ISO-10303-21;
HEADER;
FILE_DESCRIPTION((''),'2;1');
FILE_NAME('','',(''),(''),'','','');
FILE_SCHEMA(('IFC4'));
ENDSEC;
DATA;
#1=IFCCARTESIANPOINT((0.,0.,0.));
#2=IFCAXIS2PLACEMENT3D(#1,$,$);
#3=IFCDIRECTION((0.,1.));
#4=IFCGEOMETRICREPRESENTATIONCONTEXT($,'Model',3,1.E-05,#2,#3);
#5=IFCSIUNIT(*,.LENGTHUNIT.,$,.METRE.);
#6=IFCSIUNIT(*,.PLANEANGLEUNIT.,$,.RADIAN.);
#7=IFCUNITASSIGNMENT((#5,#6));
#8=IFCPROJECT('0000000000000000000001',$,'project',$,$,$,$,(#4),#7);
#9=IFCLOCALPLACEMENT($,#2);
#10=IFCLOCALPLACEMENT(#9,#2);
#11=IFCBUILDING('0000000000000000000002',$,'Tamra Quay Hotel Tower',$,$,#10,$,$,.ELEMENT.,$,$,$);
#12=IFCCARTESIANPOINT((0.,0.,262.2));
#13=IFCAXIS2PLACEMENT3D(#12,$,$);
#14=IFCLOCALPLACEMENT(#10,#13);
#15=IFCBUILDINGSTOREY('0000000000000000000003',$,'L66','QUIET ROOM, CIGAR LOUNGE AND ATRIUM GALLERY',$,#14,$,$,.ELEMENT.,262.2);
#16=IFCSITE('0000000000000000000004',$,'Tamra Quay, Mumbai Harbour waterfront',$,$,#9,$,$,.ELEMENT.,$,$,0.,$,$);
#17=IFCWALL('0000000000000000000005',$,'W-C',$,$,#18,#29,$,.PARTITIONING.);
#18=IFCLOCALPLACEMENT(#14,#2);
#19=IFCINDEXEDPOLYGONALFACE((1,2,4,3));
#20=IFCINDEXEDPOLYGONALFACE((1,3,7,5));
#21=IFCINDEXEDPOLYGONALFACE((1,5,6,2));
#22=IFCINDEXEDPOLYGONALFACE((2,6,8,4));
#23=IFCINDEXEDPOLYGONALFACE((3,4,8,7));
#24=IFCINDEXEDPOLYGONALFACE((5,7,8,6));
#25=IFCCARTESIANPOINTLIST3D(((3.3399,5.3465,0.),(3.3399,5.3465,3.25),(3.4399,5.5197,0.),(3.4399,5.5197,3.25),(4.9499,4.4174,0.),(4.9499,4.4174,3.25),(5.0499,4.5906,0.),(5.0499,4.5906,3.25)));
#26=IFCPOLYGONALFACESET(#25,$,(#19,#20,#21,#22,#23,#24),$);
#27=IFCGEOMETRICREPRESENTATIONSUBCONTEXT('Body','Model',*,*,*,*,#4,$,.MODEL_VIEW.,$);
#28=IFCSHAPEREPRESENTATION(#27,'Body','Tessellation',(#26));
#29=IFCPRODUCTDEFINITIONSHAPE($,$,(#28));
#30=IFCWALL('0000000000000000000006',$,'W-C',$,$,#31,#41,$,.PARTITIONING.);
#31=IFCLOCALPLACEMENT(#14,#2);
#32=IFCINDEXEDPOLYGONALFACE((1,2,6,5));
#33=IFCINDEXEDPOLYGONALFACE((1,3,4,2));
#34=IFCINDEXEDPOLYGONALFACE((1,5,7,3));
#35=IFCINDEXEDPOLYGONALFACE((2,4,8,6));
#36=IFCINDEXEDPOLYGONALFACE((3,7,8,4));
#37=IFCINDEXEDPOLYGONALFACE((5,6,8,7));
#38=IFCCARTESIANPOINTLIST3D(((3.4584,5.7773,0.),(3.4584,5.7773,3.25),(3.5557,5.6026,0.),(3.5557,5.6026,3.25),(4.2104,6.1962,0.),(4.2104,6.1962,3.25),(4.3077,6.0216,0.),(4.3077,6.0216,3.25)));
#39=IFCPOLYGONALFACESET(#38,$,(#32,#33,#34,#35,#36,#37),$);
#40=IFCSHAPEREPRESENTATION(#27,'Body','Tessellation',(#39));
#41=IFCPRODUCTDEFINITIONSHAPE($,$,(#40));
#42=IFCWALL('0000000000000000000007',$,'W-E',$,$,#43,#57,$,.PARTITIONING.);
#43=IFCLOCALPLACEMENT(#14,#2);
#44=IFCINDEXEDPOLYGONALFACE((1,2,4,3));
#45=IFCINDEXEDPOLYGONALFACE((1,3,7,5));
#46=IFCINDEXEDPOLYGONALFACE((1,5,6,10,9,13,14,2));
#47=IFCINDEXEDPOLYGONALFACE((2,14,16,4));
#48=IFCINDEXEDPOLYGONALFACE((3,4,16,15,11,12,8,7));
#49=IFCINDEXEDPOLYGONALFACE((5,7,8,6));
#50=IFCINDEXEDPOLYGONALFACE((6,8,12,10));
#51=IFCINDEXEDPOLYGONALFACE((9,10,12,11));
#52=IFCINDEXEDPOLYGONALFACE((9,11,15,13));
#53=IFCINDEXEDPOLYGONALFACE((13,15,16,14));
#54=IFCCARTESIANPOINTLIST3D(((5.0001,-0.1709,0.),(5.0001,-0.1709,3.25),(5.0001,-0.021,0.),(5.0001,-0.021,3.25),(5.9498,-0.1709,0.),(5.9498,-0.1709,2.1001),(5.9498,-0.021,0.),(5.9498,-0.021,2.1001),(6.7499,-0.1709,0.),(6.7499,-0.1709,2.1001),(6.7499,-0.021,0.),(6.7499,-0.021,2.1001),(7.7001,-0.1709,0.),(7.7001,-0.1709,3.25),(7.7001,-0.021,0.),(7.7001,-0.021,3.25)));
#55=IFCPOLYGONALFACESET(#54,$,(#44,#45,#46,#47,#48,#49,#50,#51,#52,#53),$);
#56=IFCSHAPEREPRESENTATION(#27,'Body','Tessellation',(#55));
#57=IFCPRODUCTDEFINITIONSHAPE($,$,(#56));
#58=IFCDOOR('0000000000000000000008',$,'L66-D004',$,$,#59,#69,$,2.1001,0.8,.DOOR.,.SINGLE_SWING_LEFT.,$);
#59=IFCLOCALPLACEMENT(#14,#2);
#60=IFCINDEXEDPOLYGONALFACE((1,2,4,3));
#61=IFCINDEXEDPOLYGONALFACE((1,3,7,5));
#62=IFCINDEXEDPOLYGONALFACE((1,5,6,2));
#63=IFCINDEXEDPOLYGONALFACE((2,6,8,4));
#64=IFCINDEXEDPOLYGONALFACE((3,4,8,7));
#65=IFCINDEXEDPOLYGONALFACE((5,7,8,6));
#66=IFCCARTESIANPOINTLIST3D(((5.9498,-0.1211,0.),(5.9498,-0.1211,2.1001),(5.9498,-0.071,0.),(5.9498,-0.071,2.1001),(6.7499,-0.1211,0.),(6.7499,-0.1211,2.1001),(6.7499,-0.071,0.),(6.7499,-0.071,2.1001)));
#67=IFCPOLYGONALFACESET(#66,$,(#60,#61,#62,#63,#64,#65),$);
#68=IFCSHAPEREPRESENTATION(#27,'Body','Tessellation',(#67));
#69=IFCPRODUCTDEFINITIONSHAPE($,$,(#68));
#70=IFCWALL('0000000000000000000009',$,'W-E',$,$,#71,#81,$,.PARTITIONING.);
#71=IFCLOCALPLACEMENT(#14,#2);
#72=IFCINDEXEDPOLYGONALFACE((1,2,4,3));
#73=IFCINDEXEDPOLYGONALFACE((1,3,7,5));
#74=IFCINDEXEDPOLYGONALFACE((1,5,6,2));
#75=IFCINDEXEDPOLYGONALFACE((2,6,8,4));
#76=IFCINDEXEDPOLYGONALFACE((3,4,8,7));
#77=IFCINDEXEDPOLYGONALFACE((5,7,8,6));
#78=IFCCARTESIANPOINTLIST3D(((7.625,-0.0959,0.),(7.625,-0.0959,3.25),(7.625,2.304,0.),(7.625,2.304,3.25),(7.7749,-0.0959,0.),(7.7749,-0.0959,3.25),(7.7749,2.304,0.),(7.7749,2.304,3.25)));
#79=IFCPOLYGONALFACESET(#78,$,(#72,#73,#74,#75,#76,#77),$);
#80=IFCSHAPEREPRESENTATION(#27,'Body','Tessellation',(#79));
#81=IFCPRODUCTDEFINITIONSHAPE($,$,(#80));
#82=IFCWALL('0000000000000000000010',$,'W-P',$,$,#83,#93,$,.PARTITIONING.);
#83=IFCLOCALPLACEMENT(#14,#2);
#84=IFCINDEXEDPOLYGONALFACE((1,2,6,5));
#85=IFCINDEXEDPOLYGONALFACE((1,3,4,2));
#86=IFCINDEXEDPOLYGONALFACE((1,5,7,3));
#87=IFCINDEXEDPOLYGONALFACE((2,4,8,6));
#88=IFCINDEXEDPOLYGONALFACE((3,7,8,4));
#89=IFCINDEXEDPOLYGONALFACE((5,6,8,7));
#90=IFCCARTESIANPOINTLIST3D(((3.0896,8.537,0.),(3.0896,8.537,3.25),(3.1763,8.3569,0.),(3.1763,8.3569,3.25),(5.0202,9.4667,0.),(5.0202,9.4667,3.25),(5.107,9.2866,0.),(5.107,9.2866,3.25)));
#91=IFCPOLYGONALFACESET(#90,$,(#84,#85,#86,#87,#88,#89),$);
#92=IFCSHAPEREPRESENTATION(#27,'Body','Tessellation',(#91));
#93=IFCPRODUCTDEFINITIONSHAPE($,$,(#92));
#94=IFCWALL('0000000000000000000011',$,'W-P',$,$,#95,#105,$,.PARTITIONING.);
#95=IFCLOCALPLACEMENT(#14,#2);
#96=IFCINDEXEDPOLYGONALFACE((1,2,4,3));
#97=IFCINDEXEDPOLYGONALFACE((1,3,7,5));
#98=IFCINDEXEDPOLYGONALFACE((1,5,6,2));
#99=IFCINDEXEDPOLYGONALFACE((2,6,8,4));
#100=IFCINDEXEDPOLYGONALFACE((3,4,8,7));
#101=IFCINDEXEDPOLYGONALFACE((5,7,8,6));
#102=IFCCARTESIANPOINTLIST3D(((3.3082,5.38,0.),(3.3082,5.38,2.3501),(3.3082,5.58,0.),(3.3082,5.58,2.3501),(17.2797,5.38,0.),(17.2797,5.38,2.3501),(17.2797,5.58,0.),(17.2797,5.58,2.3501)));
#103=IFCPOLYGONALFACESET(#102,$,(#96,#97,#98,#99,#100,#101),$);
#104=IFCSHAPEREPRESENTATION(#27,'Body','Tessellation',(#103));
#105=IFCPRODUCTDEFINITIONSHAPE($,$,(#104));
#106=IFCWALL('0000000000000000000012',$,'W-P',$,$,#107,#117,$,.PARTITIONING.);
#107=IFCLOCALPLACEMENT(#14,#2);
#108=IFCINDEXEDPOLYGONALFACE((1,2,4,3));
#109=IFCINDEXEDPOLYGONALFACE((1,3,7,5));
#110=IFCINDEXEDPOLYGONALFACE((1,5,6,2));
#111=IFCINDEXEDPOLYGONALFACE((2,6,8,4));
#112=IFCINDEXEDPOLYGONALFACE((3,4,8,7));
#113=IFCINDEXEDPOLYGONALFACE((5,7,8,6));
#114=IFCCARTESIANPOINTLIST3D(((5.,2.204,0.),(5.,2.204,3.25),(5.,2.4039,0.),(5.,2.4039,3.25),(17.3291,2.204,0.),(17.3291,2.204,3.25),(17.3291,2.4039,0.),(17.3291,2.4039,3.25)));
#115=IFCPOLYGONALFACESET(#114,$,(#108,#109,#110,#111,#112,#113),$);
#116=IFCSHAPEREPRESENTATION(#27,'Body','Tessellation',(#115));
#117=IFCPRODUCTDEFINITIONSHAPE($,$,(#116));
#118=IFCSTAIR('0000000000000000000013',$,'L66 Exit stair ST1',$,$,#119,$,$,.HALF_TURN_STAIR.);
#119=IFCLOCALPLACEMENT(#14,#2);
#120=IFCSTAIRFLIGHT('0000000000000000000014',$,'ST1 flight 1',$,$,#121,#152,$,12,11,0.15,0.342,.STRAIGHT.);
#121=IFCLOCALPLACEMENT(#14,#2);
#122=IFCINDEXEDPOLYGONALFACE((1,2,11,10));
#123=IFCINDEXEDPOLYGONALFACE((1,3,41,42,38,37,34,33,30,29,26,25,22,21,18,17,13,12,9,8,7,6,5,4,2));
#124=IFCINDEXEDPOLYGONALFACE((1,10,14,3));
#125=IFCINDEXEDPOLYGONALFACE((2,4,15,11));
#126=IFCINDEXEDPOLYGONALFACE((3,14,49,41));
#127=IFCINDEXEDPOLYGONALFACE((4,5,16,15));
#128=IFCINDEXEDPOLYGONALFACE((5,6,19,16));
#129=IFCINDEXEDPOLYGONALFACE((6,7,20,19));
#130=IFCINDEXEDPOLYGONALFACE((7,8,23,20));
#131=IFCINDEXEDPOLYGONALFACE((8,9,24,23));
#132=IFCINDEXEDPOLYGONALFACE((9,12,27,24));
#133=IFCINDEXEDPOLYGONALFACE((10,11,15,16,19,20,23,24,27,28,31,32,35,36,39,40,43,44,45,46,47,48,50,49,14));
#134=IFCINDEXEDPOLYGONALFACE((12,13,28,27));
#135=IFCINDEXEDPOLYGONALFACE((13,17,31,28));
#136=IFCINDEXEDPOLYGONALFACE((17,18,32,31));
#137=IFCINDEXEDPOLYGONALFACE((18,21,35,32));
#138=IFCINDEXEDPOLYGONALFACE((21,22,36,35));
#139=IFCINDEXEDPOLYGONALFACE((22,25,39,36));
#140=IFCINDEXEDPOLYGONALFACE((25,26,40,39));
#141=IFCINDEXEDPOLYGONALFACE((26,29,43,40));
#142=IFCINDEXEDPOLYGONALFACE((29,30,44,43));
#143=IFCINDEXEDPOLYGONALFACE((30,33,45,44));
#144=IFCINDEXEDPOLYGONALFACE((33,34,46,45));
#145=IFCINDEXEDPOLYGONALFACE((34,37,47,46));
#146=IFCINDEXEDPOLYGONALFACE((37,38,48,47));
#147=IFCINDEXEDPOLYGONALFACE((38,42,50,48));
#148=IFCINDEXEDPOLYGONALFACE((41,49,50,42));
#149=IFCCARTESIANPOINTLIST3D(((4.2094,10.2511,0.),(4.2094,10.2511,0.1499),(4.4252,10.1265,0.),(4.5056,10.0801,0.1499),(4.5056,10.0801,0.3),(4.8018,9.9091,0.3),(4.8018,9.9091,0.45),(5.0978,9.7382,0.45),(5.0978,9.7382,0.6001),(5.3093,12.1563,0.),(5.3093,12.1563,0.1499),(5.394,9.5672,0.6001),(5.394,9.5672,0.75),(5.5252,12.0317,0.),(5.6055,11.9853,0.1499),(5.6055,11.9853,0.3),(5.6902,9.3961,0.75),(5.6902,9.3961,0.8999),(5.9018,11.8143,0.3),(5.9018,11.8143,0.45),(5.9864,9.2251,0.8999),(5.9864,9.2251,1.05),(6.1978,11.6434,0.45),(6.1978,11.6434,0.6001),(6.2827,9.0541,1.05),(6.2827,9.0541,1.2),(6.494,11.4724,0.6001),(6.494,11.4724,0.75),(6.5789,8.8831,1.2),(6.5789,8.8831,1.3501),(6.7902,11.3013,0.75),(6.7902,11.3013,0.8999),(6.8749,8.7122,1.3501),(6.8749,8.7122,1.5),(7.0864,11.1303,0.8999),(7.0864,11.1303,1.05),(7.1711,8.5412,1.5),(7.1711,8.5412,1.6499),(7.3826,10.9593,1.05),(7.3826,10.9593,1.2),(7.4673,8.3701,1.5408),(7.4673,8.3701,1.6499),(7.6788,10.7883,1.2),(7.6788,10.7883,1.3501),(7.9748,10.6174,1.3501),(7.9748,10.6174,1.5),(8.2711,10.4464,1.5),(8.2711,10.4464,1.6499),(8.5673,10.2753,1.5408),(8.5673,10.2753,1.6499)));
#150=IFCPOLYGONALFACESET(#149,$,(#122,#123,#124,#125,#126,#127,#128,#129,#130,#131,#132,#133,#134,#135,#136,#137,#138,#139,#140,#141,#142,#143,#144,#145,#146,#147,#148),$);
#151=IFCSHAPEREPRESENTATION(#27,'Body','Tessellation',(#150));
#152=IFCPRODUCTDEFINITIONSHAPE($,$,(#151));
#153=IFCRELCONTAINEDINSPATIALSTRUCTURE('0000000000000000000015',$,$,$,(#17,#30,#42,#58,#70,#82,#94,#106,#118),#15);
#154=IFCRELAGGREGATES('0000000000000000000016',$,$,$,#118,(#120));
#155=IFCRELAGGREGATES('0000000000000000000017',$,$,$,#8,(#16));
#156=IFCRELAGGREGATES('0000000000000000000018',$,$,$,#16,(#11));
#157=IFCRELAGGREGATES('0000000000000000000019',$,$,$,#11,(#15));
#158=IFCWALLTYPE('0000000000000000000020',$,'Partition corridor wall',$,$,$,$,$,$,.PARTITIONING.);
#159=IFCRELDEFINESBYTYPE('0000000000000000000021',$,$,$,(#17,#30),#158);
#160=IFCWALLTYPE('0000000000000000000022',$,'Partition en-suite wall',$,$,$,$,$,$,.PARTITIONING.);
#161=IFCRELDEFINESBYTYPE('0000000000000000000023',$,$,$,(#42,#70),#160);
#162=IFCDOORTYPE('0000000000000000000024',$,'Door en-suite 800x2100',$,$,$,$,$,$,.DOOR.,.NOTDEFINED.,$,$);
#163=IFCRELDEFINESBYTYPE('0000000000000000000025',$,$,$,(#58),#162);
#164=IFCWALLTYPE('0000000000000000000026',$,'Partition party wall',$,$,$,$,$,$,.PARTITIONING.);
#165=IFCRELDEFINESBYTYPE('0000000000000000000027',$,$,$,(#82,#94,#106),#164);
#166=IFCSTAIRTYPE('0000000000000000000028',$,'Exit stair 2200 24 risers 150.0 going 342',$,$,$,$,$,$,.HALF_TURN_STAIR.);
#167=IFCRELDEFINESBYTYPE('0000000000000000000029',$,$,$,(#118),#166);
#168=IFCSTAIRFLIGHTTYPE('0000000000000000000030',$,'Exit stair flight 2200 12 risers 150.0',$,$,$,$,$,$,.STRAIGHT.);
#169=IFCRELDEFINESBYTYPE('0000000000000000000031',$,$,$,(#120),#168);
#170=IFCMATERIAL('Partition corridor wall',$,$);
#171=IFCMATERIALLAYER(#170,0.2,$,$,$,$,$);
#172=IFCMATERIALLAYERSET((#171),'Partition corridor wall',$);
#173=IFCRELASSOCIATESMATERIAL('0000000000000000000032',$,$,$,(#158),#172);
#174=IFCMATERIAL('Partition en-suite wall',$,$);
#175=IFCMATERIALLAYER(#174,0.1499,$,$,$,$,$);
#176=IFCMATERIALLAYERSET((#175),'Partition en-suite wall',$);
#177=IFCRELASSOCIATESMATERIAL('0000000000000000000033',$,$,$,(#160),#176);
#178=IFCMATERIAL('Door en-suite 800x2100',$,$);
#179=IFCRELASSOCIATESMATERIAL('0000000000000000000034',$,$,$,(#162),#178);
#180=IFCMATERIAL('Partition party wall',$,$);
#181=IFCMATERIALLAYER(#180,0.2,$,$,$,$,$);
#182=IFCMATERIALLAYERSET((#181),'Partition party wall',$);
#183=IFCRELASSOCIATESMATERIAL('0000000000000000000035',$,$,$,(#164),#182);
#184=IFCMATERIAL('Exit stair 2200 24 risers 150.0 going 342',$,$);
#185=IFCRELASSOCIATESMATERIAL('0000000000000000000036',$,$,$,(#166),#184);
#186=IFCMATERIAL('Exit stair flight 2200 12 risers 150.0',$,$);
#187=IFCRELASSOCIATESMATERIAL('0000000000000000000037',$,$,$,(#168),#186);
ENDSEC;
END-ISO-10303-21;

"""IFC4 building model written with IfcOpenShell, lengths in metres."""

from ifc_helpers import new_model, si_unit, direction, frame, frame_2d, origin, place, context, subcontext, project, spatial, polyline, rectangle, outline, extrude, material, layer, layer_set, type_object, element, fill, aggregate, save


model = new_model("IFC4")

# Units and contexts
model_context = context("Model", 3, precision=1e-05, world=origin(), true_north=direction((0.0, 1.0)))
body_context = subcontext(model_context, "Body", "Model", "MODEL_VIEW")
ifc_project = project(units=[si_unit("LENGTHUNIT", "METRE"), si_unit("PLANEANGLEUNIT", "RADIAN")], contexts=[model_context])

# Site, building, storey
site_placement = place(None, origin())
site = spatial("IfcSite", under=ifc_project, at=site_placement, Name="Tamra Quay, Mumbai Harbour waterfront", CompositionType="ELEMENT", RefElevation=0.0)
building_placement = place(site_placement, origin())
building = spatial("IfcBuilding", under=site, at=building_placement, Name="Tamra Quay Hotel Tower", CompositionType="ELEMENT")
storey_placement = place(building_placement, frame((0.0, 0.0, 262.2)))
storey = spatial("IfcBuildingStorey", under=building, at=storey_placement, Name="L66", Description="QUIET ROOM, CIGAR LOUNGE AND ATRIUM GALLERY", CompositionType="ELEMENT", Elevation=262.2)

# Shared definitions
ifc_material_1 = material(Name="Partition corridor wall")
ifc_layer_1 = layer(ifc_material_1, 0.2)
ifc_layer_set_1 = layer_set([ifc_layer_1], Name="Partition corridor wall")
wall_type_1 = type_object("IfcWallType", Name="Partition corridor wall", PredefinedType="PARTITIONING", material=ifc_layer_set_1)

# Walls
wall_1_placement = place(storey_placement, frame((3.3899, 5.4331, 0.0), z_axis=(0.0, 0.0, 1.0), x_axis=(0.866118, -0.49984, 0.0)))
element("IfcWall", 1, at=wall_1_placement, inside=storey, type_object=wall_type_1, Name="W-C", PredefinedType="PARTITIONING", context=body_context, shape_type="SweptSolid", body=[
    extrude(rectangle(XDim=1.8589, YDim=0.2, at=frame_2d((0.9294, 0.0))), origin(), (0.0, 0.0, 1.0), 3.25),
])
wall_2_placement = place(storey_placement, frame((3.5071, 5.6899, 0.0), z_axis=(0.0, 0.0, 1.0), x_axis=(0.873568, 0.486702, 0.0)))
element("IfcWall", 2, at=wall_2_placement, inside=storey, type_object=wall_type_1, Name="W-C", PredefinedType="PARTITIONING", context=body_context, shape_type="SweptSolid", body=[
    extrude(rectangle(XDim=0.8608, YDim=0.2, at=frame_2d((0.4304, 0.0))), origin(), (0.0, 0.0, 1.0), 3.25),
])

# Wall, opening, door
ifc_material_2 = material(Name="Partition en-suite wall")
ifc_layer_2 = layer(ifc_material_2, 0.1499)
ifc_layer_set_2 = layer_set([ifc_layer_2], Name="Partition en-suite wall")
wall_type_2 = type_object("IfcWallType", Name="Partition en-suite wall", PredefinedType="PARTITIONING", material=ifc_layer_set_2)
wall_3_placement = place(storey_placement, frame((5.0, -0.0959, 0.0), z_axis=(0.0, 0.0, 1.0), x_axis=(1.0, 0.0, 0.0)))
wall_3 = element("IfcWall", 3, at=wall_3_placement, inside=storey, type_object=wall_type_2, Name="W-E", PredefinedType="PARTITIONING", context=body_context, shape_type="SweptSolid", body=[
    extrude(rectangle(XDim=2.7, YDim=0.1499, at=frame_2d((1.3501, 0.0))), origin(), (0.0, 0.0, 1.0), 3.25),
])
opening_1_placement = place(wall_3_placement, frame((0.95, 0.0, 0.0)))
opening_1 = element("IfcOpeningElement", 4, at=opening_1_placement, cuts=wall_3, PredefinedType="OPENING", context=body_context, shape_type="SweptSolid", body=[
    extrude(rectangle(XDim=0.8, YDim=2.1001, at=frame_2d((0.3999, 1.05))), frame((0.0, 0.085, 0.0), z_axis=(0.0, -1.0, 0.0), x_axis=(1.0, 0.0, 0.0)), (0.0, 0.0, 1.0), 0.1699),
])
ifc_material_3 = material(Name="Door en-suite 800x2100")
door_type_1 = type_object("IfcDoorType", Name="Door en-suite 800x2100", OperationType="NOTDEFINED", PredefinedType="DOOR", material=ifc_material_3)
door_1_placement = place(opening_1_placement, origin())
door_1 = element("IfcDoor", 5, at=door_1_placement, inside=storey, type_object=door_type_1, Name="L66-D004", OperationType="SINGLE_SWING_LEFT", OverallHeight=2.1001, OverallWidth=0.8, PredefinedType="DOOR", context=body_context, shape_type="SweptSolid", body=[
    extrude(rectangle(XDim=0.8, YDim=2.1001, at=frame_2d((0.3999, 1.05))), frame((0.0, 0.0249, 0.0), z_axis=(0.0, -1.0, 0.0), x_axis=(1.0, 0.0, 0.0)), (0.0, 0.0, 1.0), 0.05),
])
fill(opening_1, door_1)

# Walls
wall_4_placement = place(storey_placement, frame((7.7, -0.0959, 0.0), z_axis=(0.0, 0.0, 1.0), x_axis=(0.0, 1.0, 0.0)))
element("IfcWall", 6, at=wall_4_placement, inside=storey, type_object=wall_type_2, Name="W-E", PredefinedType="PARTITIONING", context=body_context, shape_type="SweptSolid", body=[
    extrude(rectangle(XDim=2.3999, YDim=0.1499, at=frame_2d((1.2, 0.0))), origin(), (0.0, 0.0, 1.0), 3.25),
])
ifc_material_4 = material(Name="Partition party wall")
ifc_layer_3 = layer(ifc_material_4, 0.2)
ifc_layer_set_3 = layer_set([ifc_layer_3], Name="Partition party wall")
wall_type_3 = type_object("IfcWallType", Name="Partition party wall", PredefinedType="PARTITIONING", material=ifc_layer_set_3)
wall_5_placement = place(storey_placement, frame((3.1331, 8.447, 0.0), z_axis=(0.0, 0.0, 1.0), x_axis=(0.900982, 0.433857, 0.0)))
element("IfcWall", 7, at=wall_5_placement, inside=storey, type_object=wall_type_3, Name="W-P", PredefinedType="PARTITIONING", context=body_context, shape_type="SweptSolid", body=[
    extrude(rectangle(XDim=2.1428, YDim=0.2, at=frame_2d((1.0713, 0.0))), origin(), (0.0, 0.0, 1.0), 3.25),
])
wall_6_placement = place(storey_placement, frame((3.3081, 5.48, 0.0), z_axis=(0.0, 0.0, 1.0), x_axis=(1.0, 0.0, 0.0)))
element("IfcWall", 8, at=wall_6_placement, inside=storey, type_object=wall_type_3, Name="W-P", PredefinedType="PARTITIONING", context=body_context, shape_type="SweptSolid", body=[
    extrude(rectangle(XDim=13.9714, YDim=0.2, at=frame_2d((6.9858, 0.0))), origin(), (0.0, 0.0, 1.0), 2.3501),
])
wall_7_placement = place(storey_placement, frame((5.0, 2.304, 0.0), z_axis=(0.0, 0.0, 1.0), x_axis=(1.0, 0.0, 0.0)))
element("IfcWall", 9, at=wall_7_placement, inside=storey, type_object=wall_type_3, Name="W-P", PredefinedType="PARTITIONING", context=body_context, shape_type="SweptSolid", body=[
    extrude(rectangle(XDim=12.3291, YDim=0.2, at=frame_2d((6.1646, 0.0))), origin(), (0.0, 0.0, 1.0), 3.25),
])

# Stair, stair flight
ifc_material_5 = material(Name="Exit stair 2200 24 risers 150.0 going 342")
stair_type = type_object("IfcStairType", Name="Exit stair 2200 24 risers 150.0 going 342", PredefinedType="HALF_TURN_STAIR", material=ifc_material_5)
stair_placement = place(storey_placement, origin())
stair = element("IfcStair", 10, at=stair_placement, inside=storey, type_object=stair_type, Name="L66 Exit stair ST1", PredefinedType="HALF_TURN_STAIR")
ifc_material_6 = material(Name="Exit stair flight 2200 12 risers 150.0")
stair_flight_type = type_object("IfcStairFlightType", Name="Exit stair flight 2200 12 risers 150.0", PredefinedType="STRAIGHT", material=ifc_material_6)
stair_flight_1_placement = place(storey_placement, frame((4.7593, 11.2036, 0.0), z_axis=(0.0, 0.0, 1.0), x_axis=(0.866025, -0.5, 0.0)))
stair_flight_1 = element("IfcStairFlight", 11, at=stair_flight_1_placement, type_object=stair_flight_type, Name="ST1 flight 1", NumberOfRisers=12, NumberOfTreads=11, PredefinedType="STRAIGHT", RiserHeight=0.15, TreadLength=0.342, context=body_context, shape_type="SweptSolid", body=[
    extrude(outline(polyline([(0.0, 0.0), (0.0, 0.1499), (0.342, 0.1499), (0.342, 0.3), (0.6841, 0.3), (0.6841, 0.45), (1.0259, 0.45), (1.0259, 0.6001), (1.3679, 0.6001), (1.3679, 0.75), (1.71, 0.75), (1.71, 0.8999), (2.052, 0.8999), (2.052, 1.05), (2.394, 1.05), (2.394, 1.2), (2.7361, 1.2), (2.7361, 1.3501), (3.0779, 1.3501), (3.0779, 1.5), (3.4199, 1.5), (3.4199, 1.6499), (3.762, 1.6499), (3.762, 1.8), (3.762, 1.5408), (0.2493, 0.0), (0.0, 0.0)])), frame((0.0, 1.1001, 0.0), z_axis=(0.0, -1.0, 0.0), x_axis=(1.0, 0.0, 0.0)), (0.0, 0.0, 1.0), 2.2),
])
aggregate(stair, [stair_flight_1])

save(model, "model.ifc")
